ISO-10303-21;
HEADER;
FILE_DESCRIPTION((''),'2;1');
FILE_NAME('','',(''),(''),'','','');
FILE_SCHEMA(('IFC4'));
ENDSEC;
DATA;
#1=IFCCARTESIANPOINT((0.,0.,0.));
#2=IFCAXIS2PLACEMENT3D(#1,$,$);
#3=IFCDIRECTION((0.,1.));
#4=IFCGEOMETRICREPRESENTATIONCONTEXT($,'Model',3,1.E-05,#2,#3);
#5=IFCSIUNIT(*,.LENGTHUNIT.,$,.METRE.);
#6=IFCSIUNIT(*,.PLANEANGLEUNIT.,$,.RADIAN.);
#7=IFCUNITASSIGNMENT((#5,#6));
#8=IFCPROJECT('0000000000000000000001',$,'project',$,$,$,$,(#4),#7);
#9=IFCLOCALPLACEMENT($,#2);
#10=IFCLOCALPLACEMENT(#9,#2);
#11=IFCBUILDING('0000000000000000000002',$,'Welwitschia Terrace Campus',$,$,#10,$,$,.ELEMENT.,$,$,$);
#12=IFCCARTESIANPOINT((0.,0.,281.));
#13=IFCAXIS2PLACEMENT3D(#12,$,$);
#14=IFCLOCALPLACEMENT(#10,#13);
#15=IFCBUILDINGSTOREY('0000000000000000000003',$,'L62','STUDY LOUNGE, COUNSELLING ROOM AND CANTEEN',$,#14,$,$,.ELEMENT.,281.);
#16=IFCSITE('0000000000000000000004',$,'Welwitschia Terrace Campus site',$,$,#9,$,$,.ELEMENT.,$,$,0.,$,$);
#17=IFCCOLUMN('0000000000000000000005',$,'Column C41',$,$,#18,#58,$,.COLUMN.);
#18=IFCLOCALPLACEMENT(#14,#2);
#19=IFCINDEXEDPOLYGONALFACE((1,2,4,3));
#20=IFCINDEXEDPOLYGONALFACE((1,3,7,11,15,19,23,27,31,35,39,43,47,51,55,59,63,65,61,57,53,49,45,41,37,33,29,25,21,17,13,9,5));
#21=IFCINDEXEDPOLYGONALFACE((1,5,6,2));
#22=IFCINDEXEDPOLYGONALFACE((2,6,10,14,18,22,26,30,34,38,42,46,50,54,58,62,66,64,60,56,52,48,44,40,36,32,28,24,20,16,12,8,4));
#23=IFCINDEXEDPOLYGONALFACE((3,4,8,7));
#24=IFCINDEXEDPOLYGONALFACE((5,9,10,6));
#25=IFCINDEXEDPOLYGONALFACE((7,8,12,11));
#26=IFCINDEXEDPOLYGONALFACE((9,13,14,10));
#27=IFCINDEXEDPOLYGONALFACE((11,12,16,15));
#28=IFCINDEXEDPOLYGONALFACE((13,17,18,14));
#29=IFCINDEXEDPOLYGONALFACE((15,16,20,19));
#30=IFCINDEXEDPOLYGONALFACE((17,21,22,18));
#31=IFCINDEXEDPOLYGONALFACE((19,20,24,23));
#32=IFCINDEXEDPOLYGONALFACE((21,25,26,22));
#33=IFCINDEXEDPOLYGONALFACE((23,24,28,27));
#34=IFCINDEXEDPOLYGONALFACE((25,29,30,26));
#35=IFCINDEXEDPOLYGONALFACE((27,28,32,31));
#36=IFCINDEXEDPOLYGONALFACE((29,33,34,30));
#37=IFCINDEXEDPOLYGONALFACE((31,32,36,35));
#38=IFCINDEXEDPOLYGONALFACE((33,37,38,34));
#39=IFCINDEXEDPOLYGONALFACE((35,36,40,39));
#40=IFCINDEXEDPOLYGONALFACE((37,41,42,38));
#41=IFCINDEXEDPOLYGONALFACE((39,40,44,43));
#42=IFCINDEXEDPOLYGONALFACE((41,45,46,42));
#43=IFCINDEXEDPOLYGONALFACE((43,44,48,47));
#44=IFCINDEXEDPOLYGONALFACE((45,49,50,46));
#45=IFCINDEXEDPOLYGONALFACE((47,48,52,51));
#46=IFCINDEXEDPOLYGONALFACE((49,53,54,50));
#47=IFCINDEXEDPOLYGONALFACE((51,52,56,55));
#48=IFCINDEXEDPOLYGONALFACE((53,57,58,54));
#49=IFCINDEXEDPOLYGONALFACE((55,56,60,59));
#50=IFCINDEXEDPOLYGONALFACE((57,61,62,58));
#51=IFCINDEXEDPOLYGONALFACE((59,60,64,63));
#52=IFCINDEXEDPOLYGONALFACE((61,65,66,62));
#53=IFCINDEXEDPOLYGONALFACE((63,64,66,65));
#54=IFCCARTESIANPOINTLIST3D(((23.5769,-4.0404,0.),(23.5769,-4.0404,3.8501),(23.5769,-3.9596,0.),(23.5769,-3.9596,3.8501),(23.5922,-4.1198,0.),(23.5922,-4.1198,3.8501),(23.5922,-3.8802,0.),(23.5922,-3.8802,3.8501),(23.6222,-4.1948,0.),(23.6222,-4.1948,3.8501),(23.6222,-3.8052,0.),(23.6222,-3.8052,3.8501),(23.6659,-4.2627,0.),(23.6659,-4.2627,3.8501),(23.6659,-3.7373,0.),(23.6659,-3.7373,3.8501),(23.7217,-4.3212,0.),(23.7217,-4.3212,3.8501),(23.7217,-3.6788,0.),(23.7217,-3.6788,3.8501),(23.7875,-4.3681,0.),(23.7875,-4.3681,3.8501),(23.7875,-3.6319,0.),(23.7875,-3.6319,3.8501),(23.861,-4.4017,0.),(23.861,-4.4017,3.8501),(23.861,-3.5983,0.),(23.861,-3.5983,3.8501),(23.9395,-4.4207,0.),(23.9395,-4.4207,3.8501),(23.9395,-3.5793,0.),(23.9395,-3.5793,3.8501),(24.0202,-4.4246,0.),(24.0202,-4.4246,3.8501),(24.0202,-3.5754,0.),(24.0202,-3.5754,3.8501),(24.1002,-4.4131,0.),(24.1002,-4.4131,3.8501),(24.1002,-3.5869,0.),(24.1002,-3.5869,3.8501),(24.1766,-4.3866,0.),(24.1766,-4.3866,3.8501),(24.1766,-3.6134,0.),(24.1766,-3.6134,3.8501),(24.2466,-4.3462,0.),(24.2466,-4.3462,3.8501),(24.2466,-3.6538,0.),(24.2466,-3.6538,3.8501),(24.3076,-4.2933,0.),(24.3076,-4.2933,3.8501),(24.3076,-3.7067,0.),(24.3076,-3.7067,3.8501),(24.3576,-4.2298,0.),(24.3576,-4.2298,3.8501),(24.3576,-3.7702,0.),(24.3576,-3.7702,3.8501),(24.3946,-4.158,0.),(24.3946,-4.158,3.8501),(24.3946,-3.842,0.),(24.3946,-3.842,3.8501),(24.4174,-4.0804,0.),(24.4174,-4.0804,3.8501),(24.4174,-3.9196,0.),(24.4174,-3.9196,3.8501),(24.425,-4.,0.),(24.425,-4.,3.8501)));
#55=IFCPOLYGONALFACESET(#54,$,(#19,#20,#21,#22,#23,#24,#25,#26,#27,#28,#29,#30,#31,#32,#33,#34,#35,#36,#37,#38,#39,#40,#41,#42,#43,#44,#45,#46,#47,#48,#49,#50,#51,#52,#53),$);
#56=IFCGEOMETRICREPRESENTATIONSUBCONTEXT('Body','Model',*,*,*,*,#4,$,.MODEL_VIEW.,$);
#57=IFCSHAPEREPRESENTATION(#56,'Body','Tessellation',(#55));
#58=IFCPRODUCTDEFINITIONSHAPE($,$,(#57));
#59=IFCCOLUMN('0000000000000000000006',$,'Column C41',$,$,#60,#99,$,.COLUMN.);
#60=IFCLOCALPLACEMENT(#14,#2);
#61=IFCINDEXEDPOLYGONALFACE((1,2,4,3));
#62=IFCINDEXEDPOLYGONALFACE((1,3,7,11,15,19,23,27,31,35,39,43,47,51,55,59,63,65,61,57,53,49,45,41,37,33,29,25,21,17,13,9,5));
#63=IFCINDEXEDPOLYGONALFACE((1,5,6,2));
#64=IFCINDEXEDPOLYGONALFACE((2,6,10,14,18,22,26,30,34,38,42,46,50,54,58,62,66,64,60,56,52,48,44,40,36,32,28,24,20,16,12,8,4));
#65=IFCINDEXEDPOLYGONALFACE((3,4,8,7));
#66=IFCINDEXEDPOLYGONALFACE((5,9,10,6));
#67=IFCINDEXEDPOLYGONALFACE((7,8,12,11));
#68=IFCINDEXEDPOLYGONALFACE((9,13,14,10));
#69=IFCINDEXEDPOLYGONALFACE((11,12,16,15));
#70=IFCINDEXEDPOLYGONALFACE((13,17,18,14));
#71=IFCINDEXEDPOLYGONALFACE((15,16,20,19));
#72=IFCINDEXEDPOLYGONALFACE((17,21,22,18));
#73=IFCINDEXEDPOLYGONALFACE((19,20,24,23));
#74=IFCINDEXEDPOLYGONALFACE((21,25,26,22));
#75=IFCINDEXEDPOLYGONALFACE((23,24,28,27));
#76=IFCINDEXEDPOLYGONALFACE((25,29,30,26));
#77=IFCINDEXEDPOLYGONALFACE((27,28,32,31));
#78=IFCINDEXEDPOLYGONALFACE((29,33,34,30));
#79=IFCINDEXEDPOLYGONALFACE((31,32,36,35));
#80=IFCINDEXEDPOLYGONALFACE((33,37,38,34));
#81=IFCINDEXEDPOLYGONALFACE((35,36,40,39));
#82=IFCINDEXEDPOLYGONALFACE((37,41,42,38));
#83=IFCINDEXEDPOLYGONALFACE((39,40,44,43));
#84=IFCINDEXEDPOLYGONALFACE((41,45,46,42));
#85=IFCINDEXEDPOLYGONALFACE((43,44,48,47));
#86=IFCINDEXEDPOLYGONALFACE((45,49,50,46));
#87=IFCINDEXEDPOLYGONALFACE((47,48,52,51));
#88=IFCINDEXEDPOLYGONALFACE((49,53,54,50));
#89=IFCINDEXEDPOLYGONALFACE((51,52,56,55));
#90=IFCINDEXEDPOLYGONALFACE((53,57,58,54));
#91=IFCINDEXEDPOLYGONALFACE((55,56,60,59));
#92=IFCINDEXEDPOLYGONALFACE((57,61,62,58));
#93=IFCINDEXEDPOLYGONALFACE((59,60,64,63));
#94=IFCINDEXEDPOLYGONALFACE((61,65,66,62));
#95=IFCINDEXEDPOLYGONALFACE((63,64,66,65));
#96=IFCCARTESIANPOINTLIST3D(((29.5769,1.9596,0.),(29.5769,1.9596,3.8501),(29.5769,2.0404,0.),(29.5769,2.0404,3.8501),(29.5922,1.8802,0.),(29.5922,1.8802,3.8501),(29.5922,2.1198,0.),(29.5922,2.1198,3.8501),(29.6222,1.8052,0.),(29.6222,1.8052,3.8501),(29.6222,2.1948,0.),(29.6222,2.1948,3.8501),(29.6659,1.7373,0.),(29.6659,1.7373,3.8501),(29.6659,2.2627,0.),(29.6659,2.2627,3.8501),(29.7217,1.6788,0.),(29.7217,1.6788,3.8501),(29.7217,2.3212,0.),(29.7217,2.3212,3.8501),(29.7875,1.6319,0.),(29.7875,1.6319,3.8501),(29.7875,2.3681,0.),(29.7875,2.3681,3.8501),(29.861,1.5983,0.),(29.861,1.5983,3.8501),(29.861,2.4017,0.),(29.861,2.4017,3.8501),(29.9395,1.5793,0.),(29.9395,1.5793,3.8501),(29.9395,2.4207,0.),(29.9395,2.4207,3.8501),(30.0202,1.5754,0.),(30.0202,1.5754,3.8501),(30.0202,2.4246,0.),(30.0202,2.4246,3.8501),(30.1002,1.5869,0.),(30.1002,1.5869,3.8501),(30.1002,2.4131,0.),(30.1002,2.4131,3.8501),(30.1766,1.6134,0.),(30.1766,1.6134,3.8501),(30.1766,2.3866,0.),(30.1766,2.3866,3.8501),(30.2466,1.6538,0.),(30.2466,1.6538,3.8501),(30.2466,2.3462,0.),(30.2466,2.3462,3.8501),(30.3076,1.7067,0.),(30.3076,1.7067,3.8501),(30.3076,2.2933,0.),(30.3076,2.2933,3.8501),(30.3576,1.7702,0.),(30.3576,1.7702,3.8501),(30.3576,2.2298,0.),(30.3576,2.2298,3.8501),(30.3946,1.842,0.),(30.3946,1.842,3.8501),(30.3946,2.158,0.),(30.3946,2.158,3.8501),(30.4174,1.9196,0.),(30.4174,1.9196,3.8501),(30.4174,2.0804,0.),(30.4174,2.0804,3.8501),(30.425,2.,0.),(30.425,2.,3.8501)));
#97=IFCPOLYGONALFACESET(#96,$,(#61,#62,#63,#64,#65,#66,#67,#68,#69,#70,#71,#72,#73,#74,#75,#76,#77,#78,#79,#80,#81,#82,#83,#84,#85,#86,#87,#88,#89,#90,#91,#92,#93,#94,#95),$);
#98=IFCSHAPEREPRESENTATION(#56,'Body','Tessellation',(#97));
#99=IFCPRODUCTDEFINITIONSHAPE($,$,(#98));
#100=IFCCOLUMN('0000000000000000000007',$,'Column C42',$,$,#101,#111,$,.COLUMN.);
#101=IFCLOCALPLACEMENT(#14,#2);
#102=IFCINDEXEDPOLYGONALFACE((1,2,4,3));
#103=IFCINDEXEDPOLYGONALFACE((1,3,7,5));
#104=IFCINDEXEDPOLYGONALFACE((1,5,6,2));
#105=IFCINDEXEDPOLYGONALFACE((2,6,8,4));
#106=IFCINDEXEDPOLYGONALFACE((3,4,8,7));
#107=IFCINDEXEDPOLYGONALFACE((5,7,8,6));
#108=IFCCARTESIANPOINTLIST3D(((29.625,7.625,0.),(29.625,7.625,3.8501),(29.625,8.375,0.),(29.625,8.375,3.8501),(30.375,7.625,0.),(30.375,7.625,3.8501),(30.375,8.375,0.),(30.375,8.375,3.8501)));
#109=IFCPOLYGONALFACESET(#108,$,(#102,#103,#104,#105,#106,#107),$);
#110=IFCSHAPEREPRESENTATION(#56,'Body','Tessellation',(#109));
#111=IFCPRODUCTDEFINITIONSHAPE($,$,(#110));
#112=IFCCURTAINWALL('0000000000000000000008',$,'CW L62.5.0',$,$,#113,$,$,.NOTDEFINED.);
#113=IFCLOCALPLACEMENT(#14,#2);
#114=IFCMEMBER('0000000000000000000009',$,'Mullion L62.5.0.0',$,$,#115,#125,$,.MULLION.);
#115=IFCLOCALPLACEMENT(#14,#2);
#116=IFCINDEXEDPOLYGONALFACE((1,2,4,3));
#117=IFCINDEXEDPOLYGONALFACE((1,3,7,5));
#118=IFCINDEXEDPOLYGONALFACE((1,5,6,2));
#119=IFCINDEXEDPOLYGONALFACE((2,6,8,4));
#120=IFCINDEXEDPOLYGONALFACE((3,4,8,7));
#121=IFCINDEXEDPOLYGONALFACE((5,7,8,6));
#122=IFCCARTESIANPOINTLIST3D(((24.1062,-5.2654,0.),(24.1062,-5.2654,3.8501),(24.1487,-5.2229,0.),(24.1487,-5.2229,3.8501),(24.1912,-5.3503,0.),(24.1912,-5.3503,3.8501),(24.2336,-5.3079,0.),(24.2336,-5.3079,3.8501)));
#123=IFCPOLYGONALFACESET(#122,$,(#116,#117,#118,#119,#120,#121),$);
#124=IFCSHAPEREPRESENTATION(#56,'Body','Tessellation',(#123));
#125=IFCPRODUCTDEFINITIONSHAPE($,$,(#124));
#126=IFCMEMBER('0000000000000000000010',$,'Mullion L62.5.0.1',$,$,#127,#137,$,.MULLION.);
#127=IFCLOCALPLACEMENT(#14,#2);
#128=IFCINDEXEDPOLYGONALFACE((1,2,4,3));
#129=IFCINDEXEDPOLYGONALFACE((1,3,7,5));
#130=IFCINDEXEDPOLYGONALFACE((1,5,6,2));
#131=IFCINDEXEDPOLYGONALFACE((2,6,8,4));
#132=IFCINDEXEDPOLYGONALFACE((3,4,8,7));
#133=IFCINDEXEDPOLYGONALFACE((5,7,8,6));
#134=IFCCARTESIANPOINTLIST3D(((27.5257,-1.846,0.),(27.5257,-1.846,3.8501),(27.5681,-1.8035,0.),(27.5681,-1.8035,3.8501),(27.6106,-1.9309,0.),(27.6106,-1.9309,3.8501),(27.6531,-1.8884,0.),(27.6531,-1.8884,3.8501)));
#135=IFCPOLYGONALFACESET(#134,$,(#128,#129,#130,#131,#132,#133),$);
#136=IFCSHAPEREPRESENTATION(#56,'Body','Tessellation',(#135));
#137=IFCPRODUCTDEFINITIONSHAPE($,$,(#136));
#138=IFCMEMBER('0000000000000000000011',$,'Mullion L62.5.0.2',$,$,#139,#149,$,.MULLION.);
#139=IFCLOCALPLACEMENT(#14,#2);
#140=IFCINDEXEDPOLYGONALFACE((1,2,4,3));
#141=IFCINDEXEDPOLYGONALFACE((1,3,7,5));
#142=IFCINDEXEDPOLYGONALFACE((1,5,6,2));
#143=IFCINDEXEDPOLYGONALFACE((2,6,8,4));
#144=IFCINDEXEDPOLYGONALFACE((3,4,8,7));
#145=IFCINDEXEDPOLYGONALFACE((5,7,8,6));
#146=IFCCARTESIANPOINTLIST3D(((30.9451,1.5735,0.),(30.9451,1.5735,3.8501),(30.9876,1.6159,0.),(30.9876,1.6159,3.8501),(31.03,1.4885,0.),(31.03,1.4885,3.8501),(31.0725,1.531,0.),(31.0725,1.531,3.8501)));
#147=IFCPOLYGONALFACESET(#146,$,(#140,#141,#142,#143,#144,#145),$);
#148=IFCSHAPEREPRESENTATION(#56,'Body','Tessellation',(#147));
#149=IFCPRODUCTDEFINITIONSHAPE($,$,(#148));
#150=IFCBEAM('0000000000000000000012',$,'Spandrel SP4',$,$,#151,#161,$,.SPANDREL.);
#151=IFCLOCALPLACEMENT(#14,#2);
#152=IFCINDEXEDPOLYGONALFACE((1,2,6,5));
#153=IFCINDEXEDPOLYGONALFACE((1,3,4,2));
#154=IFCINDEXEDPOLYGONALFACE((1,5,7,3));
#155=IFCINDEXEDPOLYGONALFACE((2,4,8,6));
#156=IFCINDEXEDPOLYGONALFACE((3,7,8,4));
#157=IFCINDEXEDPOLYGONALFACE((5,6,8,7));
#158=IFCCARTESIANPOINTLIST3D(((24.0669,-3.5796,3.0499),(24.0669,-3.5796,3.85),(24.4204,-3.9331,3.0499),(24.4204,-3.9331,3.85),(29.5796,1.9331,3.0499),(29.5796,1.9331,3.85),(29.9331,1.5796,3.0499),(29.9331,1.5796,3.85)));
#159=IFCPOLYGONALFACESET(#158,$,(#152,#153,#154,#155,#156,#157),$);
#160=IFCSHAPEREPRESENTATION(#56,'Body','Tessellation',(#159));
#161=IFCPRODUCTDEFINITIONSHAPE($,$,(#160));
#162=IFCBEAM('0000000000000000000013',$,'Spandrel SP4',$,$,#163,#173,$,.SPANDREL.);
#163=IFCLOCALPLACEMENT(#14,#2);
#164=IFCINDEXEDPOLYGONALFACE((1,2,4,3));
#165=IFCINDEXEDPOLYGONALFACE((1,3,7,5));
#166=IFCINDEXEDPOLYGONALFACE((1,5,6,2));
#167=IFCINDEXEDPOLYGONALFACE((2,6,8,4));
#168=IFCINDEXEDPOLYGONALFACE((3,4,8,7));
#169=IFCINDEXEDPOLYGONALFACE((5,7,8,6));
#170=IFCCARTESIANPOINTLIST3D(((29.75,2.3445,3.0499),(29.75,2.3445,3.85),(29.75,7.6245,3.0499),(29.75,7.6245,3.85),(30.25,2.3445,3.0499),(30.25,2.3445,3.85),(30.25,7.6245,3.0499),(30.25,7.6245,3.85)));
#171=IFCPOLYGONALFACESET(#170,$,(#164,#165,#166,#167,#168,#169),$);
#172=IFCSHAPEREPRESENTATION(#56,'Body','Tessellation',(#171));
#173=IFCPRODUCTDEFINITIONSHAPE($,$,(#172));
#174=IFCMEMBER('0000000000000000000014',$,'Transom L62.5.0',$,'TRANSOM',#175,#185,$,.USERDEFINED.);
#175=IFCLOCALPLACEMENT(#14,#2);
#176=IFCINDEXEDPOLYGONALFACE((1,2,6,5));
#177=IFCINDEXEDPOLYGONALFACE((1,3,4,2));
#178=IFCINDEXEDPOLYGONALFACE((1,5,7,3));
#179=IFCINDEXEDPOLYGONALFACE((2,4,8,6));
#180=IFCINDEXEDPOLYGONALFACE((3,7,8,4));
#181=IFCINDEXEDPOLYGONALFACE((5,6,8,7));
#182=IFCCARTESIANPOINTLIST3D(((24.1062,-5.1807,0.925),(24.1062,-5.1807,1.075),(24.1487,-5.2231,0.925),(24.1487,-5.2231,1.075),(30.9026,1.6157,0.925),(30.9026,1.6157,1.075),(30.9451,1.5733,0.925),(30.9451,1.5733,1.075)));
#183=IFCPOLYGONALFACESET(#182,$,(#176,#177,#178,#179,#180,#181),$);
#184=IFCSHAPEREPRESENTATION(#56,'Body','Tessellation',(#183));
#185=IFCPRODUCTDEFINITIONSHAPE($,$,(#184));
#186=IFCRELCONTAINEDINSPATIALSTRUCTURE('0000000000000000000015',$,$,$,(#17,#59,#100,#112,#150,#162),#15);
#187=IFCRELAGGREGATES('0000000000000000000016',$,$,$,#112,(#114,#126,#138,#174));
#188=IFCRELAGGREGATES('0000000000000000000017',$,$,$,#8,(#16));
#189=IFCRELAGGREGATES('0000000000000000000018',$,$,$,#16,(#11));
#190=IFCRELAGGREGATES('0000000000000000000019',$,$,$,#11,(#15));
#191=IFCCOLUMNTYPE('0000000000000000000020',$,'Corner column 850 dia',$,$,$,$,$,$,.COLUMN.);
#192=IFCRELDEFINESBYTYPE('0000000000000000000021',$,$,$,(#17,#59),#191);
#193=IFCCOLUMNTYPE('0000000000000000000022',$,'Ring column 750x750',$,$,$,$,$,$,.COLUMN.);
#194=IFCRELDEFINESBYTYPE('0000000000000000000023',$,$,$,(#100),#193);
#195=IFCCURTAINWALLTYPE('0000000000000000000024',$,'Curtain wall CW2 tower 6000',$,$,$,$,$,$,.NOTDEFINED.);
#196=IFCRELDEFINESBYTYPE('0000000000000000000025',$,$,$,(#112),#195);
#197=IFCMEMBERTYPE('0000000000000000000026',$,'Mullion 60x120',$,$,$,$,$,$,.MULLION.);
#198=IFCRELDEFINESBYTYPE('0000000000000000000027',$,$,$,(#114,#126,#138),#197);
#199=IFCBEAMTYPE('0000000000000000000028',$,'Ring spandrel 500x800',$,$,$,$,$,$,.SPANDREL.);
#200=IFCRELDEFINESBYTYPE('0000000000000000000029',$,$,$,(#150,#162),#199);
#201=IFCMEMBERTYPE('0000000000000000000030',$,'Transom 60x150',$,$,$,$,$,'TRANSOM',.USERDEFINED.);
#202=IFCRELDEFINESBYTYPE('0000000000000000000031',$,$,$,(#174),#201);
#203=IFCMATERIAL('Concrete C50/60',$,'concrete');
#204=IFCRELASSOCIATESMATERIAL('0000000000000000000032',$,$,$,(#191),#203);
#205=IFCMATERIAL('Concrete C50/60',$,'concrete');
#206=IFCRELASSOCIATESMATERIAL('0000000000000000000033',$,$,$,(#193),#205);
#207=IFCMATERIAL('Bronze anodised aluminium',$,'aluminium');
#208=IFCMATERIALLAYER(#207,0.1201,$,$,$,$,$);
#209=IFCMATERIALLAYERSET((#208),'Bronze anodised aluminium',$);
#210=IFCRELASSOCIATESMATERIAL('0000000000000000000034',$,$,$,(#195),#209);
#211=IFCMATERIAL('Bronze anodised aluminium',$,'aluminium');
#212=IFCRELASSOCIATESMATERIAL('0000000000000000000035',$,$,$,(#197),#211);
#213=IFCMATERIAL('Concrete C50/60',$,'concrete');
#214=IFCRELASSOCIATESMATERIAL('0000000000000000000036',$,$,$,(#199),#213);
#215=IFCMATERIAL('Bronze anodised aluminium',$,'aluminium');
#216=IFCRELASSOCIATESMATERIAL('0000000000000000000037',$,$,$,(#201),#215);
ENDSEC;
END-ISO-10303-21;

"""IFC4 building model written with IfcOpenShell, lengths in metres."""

from ifc_helpers import new_model, si_unit, direction, frame, origin, origin_2d, place, context, subcontext, project, spatial, rectangle, circle, extrude, material, layer, layer_set, material_profile, profile_set, type_object, element, aggregate, save


model = new_model("IFC4")

# Units and contexts
model_context = context("Model", 3, precision=1e-05, world=origin(), true_north=direction((0.0, 1.0)))
body_context = subcontext(model_context, "Body", "Model", "MODEL_VIEW")
ifc_project = project(units=[si_unit("LENGTHUNIT", "METRE"), si_unit("PLANEANGLEUNIT", "RADIAN")], contexts=[model_context])

# Site, building, storey
site_placement = place(None, origin())
site = spatial("IfcSite", under=ifc_project, at=site_placement, Name="Welwitschia Terrace Campus site", CompositionType="ELEMENT", RefElevation=0.0)
building_placement = place(site_placement, origin())
building = spatial("IfcBuilding", under=site, at=building_placement, Name="Welwitschia Terrace Campus", CompositionType="ELEMENT")
storey_placement = place(building_placement, frame((0.0, 0.0, 281.0)))
storey = spatial("IfcBuildingStorey", under=building, at=storey_placement, Name="L62", Description="STUDY LOUNGE, COUNSELLING ROOM AND CANTEEN", CompositionType="ELEMENT", Elevation=281.0)

# Columns
ifc_material_1 = material(Name="Concrete C50/60", Category="concrete")
ifc_material_profile_1 = material_profile(ifc_material_1, circle(Radius=0.425, at=origin_2d()))
ifc_profile_set_1 = profile_set([ifc_material_profile_1], Name="Concrete C50/60")
column_type_1 = type_object("IfcColumnType", Name="Corner column 850 dia", PredefinedType="COLUMN", material=ifc_profile_set_1)
for number, where, z_axis, x_axis, name in (
    (1, (24.0, -4.0, 0.0), (0.0, 0.0, 1.0), (1.0, 0.0, 0.0), "Column C41"),
    (2, (30.0, 2.0, 0.0), (0.0, 0.0, 1.0), (1.0, 0.0, 0.0), "Column C41"),
):
    element("IfcColumn", number, at=place(storey_placement, frame(where, z_axis=z_axis, x_axis=x_axis)), inside=storey, type_object=column_type_1, Name=name, PredefinedType="COLUMN", context=body_context, shape_type="SweptSolid", body=[
        extrude(circle(Radius=0.425, at=origin_2d()), origin(), (0.0, 0.0, 1.0), 3.8501),
    ])
ifc_material_2 = material(Name="Concrete C50/60", Category="concrete")
ifc_material_profile_2 = material_profile(ifc_material_2, rectangle(XDim=0.75, YDim=0.75, at=origin_2d()))
ifc_profile_set_2 = profile_set([ifc_material_profile_2], Name="Concrete C50/60")
column_type_2 = type_object("IfcColumnType", Name="Ring column 750x750", PredefinedType="COLUMN", material=ifc_profile_set_2)
column_placement = place(storey_placement, frame((30.0, 8.0, 0.0), z_axis=(0.0, 0.0, 1.0), x_axis=(1.0, 0.0, 0.0)))
element("IfcColumn", 3, at=column_placement, inside=storey, type_object=column_type_2, Name="Column C42", PredefinedType="COLUMN", context=body_context, shape_type="SweptSolid", body=[
    extrude(rectangle(XDim=0.75, YDim=0.75, at=origin_2d()), origin(), (0.0, 0.0, 1.0), 3.8501),
])

# Curtain wall, members
ifc_material_3 = material(Name="Bronze anodised aluminium", Category="aluminium")
ifc_layer_1 = layer(ifc_material_3, 0.1201)
ifc_layer_set_1 = layer_set([ifc_layer_1], Name="Bronze anodised aluminium")
curtain_wall_type = type_object("IfcCurtainWallType", Name="Curtain wall CW2 tower 6000", PredefinedType="NOTDEFINED", material=ifc_layer_set_1)
curtain_wall_placement = place(storey_placement, origin())
curtain_wall = element("IfcCurtainWall", 4, at=curtain_wall_placement, inside=storey, type_object=curtain_wall_type, Name="CW L62.5.0", PredefinedType="NOTDEFINED")
ifc_material_4 = material(Name="Bronze anodised aluminium", Category="aluminium")
ifc_material_profile_3 = material_profile(ifc_material_4, rectangle(XDim=0.1201, YDim=0.0601, at=origin_2d()))
ifc_profile_set_3 = profile_set([ifc_material_profile_3], Name="Bronze anodised aluminium")
member_type_1 = type_object("IfcMemberType", Name="Mullion 60x120", PredefinedType="MULLION", material=ifc_profile_set_3)
member_1_placement = place(storey_placement, frame((24.1699, -5.2866, 0.0), z_axis=(0.0, 0.0, 1.0), x_axis=(-0.707107, 0.707107, 0.0)))
member_1 = element("IfcMember", 5, at=member_1_placement, type_object=member_type_1, Name="Mullion L62.5.0.0", PredefinedType="MULLION", context=body_context, shape_type="SweptSolid", body=[
    extrude(rectangle(XDim=0.1201, YDim=0.0601, at=origin_2d()), origin(), (0.0, 0.0, 1.0), 3.8501),
])
member_2_placement = place(storey_placement, frame((27.5894, -1.8672, 0.0), z_axis=(0.0, 0.0, 1.0), x_axis=(-0.707107, 0.707107, 0.0)))
member_2 = element("IfcMember", 6, at=member_2_placement, type_object=member_type_1, Name="Mullion L62.5.0.1", PredefinedType="MULLION", context=body_context, shape_type="SweptSolid", body=[
    extrude(rectangle(XDim=0.1201, YDim=0.0601, at=origin_2d()), origin(), (0.0, 0.0, 1.0), 3.8501),
])
member_3_placement = place(storey_placement, frame((31.0088, 1.5522, 0.0), z_axis=(0.0, 0.0, 1.0), x_axis=(-0.707107, 0.707107, 0.0)))
member_3 = element("IfcMember", 7, at=member_3_placement, type_object=member_type_1, Name="Mullion L62.5.0.2", PredefinedType="MULLION", context=body_context, shape_type="SweptSolid", body=[
    extrude(rectangle(XDim=0.1201, YDim=0.0601, at=origin_2d()), origin(), (0.0, 0.0, 1.0), 3.8501),
])

# Beams
ifc_material_5 = material(Name="Concrete C50/60", Category="concrete")
ifc_material_profile_4 = material_profile(ifc_material_5, rectangle(XDim=0.5, YDim=0.8, at=origin_2d()))
ifc_profile_set_4 = profile_set([ifc_material_profile_4], Name="Concrete C50/60")
beam_type = type_object("IfcBeamType", Name="Ring spandrel 500x800", PredefinedType="SPANDREL", material=ifc_profile_set_4)
beam_1_placement = place(storey_placement, frame((24.2437, -3.7563, 3.45), z_axis=(0.707107, 0.707107, 0.0), x_axis=(-0.707107, 0.707107, 0.0)))
element("IfcBeam", 8, at=beam_1_placement, inside=storey, type_object=beam_type, Name="Spandrel SP4", PredefinedType="SPANDREL", context=body_context, shape_type="SweptSolid", body=[
    extrude(rectangle(XDim=0.5, YDim=0.8, at=origin_2d()), origin(), (0.0, 0.0, 1.0), 7.7961),
])
beam_2_placement = place(storey_placement, frame((30.0, 2.3445, 3.45), z_axis=(0.0, 1.0, 0.0), x_axis=(-1.0, 0.0, 0.0)))
element("IfcBeam", 9, at=beam_2_placement, inside=storey, type_object=beam_type, Name="Spandrel SP4", PredefinedType="SPANDREL", context=body_context, shape_type="SweptSolid", body=[
    extrude(rectangle(XDim=0.5, YDim=0.8, at=origin_2d()), origin(), (0.0, 0.0, 1.0), 5.28),
])

# Member
ifc_material_6 = material(Name="Bronze anodised aluminium", Category="aluminium")
ifc_material_profile_5 = material_profile(ifc_material_6, rectangle(XDim=0.0601, YDim=0.1499, at=origin_2d()))
ifc_profile_set_5 = profile_set([ifc_material_profile_5], Name="Bronze anodised aluminium")
member_type_2 = type_object("IfcMemberType", Name="Transom 60x150", ElementType="TRANSOM", PredefinedType="USERDEFINED", material=ifc_profile_set_5)
member_4_placement = place(storey_placement, frame((24.1274, -5.2019, 1.0), z_axis=(0.707107, 0.707107, 0.0), x_axis=(-0.707107, 0.707107, 0.0)))
member_4 = element("IfcMember", 10, at=member_4_placement, type_object=member_type_2, Name="Transom L62.5.0", ObjectType="TRANSOM", PredefinedType="USERDEFINED", context=body_context, shape_type="SweptSolid", body=[
    extrude(rectangle(XDim=0.0601, YDim=0.1499, at=origin_2d()), origin(), (0.0, 0.0, 1.0), 9.6116),
])

aggregate(curtain_wall, [member_1, member_2, member_3, member_4])

save(model, "model.ifc")
